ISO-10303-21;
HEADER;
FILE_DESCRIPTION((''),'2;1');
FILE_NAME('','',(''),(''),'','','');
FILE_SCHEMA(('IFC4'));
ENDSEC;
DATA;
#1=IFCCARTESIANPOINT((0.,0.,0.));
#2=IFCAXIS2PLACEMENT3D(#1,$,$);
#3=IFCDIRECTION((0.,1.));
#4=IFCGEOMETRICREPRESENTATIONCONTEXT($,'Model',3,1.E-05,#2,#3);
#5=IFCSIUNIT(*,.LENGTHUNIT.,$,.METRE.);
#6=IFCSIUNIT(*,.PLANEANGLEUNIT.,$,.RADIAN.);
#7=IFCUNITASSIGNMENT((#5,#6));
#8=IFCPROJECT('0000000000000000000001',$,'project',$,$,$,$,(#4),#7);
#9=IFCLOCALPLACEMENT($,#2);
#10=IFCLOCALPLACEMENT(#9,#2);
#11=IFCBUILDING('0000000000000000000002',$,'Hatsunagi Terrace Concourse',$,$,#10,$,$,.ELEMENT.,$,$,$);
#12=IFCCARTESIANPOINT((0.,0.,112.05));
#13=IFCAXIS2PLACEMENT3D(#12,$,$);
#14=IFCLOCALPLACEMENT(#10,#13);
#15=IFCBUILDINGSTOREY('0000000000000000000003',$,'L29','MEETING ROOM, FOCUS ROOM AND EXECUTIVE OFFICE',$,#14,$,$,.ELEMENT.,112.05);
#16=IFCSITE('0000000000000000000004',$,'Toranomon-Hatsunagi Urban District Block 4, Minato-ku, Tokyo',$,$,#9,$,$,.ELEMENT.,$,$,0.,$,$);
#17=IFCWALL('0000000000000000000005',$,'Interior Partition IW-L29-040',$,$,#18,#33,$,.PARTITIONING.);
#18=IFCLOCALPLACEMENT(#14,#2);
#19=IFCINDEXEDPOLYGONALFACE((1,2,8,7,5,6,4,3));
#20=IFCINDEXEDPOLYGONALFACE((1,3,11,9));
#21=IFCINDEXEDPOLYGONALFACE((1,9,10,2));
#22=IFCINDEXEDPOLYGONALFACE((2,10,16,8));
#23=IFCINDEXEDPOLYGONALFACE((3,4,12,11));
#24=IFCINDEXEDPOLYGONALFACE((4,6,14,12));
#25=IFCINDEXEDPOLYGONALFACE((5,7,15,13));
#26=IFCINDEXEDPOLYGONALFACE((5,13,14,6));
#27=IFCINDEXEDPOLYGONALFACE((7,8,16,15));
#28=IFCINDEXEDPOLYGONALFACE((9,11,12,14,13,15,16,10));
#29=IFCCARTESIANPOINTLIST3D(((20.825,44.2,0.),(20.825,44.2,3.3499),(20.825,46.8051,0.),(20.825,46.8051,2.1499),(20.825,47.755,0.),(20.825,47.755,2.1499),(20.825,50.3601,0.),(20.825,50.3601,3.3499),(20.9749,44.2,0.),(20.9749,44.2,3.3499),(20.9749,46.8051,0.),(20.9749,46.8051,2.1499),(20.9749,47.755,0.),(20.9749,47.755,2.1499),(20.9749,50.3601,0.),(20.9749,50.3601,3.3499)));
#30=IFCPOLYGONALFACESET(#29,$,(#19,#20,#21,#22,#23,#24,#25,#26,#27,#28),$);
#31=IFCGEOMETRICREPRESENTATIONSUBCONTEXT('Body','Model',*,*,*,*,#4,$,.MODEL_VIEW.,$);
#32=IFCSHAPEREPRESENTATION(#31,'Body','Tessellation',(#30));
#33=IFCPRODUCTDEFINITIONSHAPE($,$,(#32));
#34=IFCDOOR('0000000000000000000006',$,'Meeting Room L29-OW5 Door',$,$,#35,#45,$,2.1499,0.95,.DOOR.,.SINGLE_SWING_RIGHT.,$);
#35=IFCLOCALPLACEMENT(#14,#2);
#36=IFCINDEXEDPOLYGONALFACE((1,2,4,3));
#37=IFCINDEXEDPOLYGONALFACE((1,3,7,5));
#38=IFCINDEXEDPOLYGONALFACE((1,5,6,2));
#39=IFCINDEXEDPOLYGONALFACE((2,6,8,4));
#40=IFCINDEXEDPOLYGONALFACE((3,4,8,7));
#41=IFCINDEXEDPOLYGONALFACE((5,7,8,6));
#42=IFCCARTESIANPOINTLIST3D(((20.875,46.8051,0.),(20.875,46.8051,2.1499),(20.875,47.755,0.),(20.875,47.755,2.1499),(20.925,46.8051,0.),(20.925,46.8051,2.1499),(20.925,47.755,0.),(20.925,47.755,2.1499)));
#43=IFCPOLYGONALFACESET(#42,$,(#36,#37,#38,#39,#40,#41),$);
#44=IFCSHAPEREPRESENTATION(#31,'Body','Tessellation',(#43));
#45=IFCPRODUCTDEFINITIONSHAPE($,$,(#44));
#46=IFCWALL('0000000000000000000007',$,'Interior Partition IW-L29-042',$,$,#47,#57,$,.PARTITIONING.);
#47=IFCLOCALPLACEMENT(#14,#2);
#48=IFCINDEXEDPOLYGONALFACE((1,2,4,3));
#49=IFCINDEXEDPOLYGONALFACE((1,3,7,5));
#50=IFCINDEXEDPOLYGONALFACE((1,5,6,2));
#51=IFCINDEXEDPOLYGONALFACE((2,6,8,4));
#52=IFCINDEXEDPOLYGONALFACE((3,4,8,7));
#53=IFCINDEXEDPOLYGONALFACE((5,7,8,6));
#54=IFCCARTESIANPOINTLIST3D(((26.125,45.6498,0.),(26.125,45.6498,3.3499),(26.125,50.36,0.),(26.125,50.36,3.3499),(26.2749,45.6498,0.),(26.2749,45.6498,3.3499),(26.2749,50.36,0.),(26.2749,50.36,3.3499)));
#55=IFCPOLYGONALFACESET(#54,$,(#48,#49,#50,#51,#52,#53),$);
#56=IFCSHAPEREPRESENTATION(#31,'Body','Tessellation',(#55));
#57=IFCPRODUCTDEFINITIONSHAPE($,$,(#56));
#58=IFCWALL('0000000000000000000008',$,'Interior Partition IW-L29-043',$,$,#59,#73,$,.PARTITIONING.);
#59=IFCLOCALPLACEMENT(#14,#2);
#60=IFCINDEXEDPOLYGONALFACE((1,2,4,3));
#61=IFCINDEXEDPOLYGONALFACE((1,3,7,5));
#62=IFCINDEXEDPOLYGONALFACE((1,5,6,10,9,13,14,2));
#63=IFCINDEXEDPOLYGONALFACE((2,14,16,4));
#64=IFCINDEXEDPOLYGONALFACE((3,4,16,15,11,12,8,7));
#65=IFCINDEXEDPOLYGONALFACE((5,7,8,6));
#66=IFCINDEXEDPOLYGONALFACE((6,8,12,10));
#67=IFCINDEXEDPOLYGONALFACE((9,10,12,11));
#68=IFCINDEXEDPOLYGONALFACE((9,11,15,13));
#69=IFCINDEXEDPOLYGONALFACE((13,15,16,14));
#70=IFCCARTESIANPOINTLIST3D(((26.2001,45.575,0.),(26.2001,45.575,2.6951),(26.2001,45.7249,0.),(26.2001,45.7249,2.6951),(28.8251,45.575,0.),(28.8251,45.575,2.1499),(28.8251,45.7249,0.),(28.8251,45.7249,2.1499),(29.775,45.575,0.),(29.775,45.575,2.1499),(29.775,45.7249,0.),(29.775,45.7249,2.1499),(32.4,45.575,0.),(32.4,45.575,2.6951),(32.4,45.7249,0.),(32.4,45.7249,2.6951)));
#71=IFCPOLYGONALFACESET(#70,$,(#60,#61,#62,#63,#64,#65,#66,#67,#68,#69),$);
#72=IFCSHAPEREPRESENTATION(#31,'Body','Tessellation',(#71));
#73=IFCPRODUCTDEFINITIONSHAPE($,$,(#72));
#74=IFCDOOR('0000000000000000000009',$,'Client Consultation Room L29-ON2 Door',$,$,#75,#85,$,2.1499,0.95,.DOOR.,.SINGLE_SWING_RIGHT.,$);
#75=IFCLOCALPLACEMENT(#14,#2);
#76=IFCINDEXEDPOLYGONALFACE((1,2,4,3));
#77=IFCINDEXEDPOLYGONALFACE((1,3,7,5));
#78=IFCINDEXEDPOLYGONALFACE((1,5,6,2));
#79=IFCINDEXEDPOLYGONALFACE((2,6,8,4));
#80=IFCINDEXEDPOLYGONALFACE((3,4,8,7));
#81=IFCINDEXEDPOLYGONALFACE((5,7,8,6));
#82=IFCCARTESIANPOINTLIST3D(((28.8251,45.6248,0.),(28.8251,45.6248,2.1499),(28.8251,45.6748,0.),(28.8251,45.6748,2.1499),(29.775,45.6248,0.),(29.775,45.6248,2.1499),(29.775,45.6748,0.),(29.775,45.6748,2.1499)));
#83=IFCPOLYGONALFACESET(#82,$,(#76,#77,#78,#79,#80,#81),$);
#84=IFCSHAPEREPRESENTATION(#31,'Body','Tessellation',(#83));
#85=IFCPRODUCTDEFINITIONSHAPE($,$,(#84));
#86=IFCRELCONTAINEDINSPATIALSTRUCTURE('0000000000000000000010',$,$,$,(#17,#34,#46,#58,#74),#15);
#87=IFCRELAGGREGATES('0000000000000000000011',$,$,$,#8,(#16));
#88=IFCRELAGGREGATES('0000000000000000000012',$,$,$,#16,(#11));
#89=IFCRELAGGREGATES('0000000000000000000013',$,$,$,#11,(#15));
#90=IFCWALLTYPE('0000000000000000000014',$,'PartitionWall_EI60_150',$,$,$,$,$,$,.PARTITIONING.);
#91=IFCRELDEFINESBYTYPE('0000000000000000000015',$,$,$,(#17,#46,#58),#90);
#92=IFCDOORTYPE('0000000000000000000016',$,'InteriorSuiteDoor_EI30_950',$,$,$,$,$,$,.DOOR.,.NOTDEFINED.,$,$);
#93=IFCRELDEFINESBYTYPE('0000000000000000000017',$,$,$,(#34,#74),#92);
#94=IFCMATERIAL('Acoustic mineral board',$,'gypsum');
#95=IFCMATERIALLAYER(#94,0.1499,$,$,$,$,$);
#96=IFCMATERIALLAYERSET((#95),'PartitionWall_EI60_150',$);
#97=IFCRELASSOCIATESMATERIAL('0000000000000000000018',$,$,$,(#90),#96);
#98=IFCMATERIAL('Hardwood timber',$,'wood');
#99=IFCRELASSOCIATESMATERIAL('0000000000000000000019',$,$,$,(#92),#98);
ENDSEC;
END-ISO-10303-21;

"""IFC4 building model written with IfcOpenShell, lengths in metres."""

from ifc_helpers import new_model, si_unit, direction, frame, frame_2d, origin, place, context, subcontext, project, spatial, rectangle, extrude, material, layer, layer_set, type_object, element, fill, save


model = new_model("IFC4")

# Units and contexts
model_context = context("Model", 3, precision=1e-05, world=origin(), true_north=direction((0.0, 1.0)))
body_context = subcontext(model_context, "Body", "Model", "MODEL_VIEW")
ifc_project = project(units=[si_unit("LENGTHUNIT", "METRE"), si_unit("PLANEANGLEUNIT", "RADIAN")], contexts=[model_context])

# Site, building, storey
site_placement = place(None, origin())
site = spatial("IfcSite", under=ifc_project, at=site_placement, Name="Toranomon-Hatsunagi Urban District Block 4, Minato-ku, Tokyo", CompositionType="ELEMENT", RefElevation=0.0)
building_placement = place(site_placement, origin())
building = spatial("IfcBuilding", under=site, at=building_placement, Name="Hatsunagi Terrace Concourse", CompositionType="ELEMENT")
storey_placement = place(building_placement, frame((0.0, 0.0, 112.05)))
storey = spatial("IfcBuildingStorey", under=building, at=storey_placement, Name="L29", Description="MEETING ROOM, FOCUS ROOM AND EXECUTIVE OFFICE", CompositionType="ELEMENT", Elevation=112.05)

# Shared definitions
ifc_material_1 = material(Name="Acoustic mineral board", Category="gypsum")
ifc_layer_1 = layer(ifc_material_1, 0.1499)
ifc_layer_set_1 = layer_set([ifc_layer_1], Name="PartitionWall_EI60_150")
wall_type_1 = type_object("IfcWallType", Name="PartitionWall_EI60_150", PredefinedType="PARTITIONING", material=ifc_layer_set_1)

# Wall, opening, door
wall_1_placement = place(storey_placement, frame((20.8999, 44.2, 0.0), z_axis=(0.0, 0.0, 1.0), x_axis=(0.0, 1.0, 0.0)))
wall_1 = element("IfcWall", 1, at=wall_1_placement, inside=storey, type_object=wall_type_1, Name="Interior Partition IW-L29-040", PredefinedType="PARTITIONING", context=body_context, shape_type="SweptSolid", body=[
    extrude(rectangle(XDim=6.1602, YDim=0.1499, at=frame_2d((3.0801, 0.0))), origin(), (0.0, 0.0, 1.0), 3.3499),
])
opening_1_placement = place(wall_1_placement, frame((2.605, 0.0, 0.0)))
opening_1 = element("IfcOpeningElement", 2, at=opening_1_placement, cuts=wall_1, PredefinedType="OPENING", context=body_context, shape_type="SweptSolid", body=[
    extrude(rectangle(XDim=0.95, YDim=2.1499, at=frame_2d((0.4751, 1.075))), frame((0.0, 0.085, 0.0), z_axis=(0.0, -1.0, 0.0), x_axis=(1.0, 0.0, 0.0)), (0.0, 0.0, 1.0), 0.1699),
])
ifc_material_2 = material(Name="Hardwood timber", Category="wood")
door_type = type_object("IfcDoorType", Name="InteriorSuiteDoor_EI30_950", OperationType="NOTDEFINED", PredefinedType="DOOR", material=ifc_material_2)
door_1_placement = place(opening_1_placement, origin())
door_1 = element("IfcDoor", 3, at=door_1_placement, inside=storey, type_object=door_type, Name="Meeting Room L29-OW5 Door", OperationType="SINGLE_SWING_RIGHT", OverallHeight=2.1499, OverallWidth=0.95, PredefinedType="DOOR", context=body_context, shape_type="SweptSolid", body=[
    extrude(rectangle(XDim=0.95, YDim=2.1499, at=frame_2d((0.4751, 1.075))), frame((0.0, 0.0249, 0.0), z_axis=(0.0, -1.0, 0.0), x_axis=(1.0, 0.0, 0.0)), (0.0, 0.0, 1.0), 0.05),
])
fill(opening_1, door_1)

# Wall
wall_2_placement = place(storey_placement, frame((26.2, 45.6499, 0.0), z_axis=(0.0, 0.0, 1.0), x_axis=(0.0, 1.0, 0.0)))
element("IfcWall", 4, at=wall_2_placement, inside=storey, type_object=wall_type_1, Name="Interior Partition IW-L29-042", PredefinedType="PARTITIONING", context=body_context, shape_type="SweptSolid", body=[
    extrude(rectangle(XDim=4.7102, YDim=0.1499, at=frame_2d((2.355, 0.0))), origin(), (0.0, 0.0, 1.0), 3.3499),
])

# Wall, opening, door
wall_3_placement = place(storey_placement, frame((26.2, 45.6499, 0.0), z_axis=(0.0, 0.0, 1.0), x_axis=(1.0, 0.0, 0.0)))
wall_3 = element("IfcWall", 5, at=wall_3_placement, inside=storey, type_object=wall_type_1, Name="Interior Partition IW-L29-043", PredefinedType="PARTITIONING", context=body_context, shape_type="SweptSolid", body=[
    extrude(rectangle(XDim=6.2, YDim=0.1499, at=frame_2d((3.1001, 0.0))), origin(), (0.0, 0.0, 1.0), 2.6951),
])
opening_2_placement = place(wall_3_placement, frame((2.625, 0.0, 0.0)))
opening_2 = element("IfcOpeningElement", 6, at=opening_2_placement, cuts=wall_3, PredefinedType="OPENING", context=body_context, shape_type="SweptSolid", body=[
    extrude(rectangle(XDim=0.95, YDim=2.1499, at=frame_2d((0.4751, 1.075))), frame((0.0, 0.085, 0.0), z_axis=(0.0, -1.0, 0.0), x_axis=(1.0, 0.0, 0.0)), (0.0, 0.0, 1.0), 0.1699),
])
door_2_placement = place(opening_2_placement, origin())
door_2 = element("IfcDoor", 7, at=door_2_placement, inside=storey, type_object=door_type, Name="Client Consultation Room L29-ON2 Door", OperationType="SINGLE_SWING_RIGHT", OverallHeight=2.1499, OverallWidth=0.95, PredefinedType="DOOR", context=body_context, shape_type="SweptSolid", body=[
    extrude(rectangle(XDim=0.95, YDim=2.1499, at=frame_2d((0.4751, 1.075))), frame((0.0, 0.0249, 0.0), z_axis=(0.0, -1.0, 0.0), x_axis=(1.0, 0.0, 0.0)), (0.0, 0.0, 1.0), 0.05),
])
fill(opening_2, door_2)

save(model, "model.ifc")
